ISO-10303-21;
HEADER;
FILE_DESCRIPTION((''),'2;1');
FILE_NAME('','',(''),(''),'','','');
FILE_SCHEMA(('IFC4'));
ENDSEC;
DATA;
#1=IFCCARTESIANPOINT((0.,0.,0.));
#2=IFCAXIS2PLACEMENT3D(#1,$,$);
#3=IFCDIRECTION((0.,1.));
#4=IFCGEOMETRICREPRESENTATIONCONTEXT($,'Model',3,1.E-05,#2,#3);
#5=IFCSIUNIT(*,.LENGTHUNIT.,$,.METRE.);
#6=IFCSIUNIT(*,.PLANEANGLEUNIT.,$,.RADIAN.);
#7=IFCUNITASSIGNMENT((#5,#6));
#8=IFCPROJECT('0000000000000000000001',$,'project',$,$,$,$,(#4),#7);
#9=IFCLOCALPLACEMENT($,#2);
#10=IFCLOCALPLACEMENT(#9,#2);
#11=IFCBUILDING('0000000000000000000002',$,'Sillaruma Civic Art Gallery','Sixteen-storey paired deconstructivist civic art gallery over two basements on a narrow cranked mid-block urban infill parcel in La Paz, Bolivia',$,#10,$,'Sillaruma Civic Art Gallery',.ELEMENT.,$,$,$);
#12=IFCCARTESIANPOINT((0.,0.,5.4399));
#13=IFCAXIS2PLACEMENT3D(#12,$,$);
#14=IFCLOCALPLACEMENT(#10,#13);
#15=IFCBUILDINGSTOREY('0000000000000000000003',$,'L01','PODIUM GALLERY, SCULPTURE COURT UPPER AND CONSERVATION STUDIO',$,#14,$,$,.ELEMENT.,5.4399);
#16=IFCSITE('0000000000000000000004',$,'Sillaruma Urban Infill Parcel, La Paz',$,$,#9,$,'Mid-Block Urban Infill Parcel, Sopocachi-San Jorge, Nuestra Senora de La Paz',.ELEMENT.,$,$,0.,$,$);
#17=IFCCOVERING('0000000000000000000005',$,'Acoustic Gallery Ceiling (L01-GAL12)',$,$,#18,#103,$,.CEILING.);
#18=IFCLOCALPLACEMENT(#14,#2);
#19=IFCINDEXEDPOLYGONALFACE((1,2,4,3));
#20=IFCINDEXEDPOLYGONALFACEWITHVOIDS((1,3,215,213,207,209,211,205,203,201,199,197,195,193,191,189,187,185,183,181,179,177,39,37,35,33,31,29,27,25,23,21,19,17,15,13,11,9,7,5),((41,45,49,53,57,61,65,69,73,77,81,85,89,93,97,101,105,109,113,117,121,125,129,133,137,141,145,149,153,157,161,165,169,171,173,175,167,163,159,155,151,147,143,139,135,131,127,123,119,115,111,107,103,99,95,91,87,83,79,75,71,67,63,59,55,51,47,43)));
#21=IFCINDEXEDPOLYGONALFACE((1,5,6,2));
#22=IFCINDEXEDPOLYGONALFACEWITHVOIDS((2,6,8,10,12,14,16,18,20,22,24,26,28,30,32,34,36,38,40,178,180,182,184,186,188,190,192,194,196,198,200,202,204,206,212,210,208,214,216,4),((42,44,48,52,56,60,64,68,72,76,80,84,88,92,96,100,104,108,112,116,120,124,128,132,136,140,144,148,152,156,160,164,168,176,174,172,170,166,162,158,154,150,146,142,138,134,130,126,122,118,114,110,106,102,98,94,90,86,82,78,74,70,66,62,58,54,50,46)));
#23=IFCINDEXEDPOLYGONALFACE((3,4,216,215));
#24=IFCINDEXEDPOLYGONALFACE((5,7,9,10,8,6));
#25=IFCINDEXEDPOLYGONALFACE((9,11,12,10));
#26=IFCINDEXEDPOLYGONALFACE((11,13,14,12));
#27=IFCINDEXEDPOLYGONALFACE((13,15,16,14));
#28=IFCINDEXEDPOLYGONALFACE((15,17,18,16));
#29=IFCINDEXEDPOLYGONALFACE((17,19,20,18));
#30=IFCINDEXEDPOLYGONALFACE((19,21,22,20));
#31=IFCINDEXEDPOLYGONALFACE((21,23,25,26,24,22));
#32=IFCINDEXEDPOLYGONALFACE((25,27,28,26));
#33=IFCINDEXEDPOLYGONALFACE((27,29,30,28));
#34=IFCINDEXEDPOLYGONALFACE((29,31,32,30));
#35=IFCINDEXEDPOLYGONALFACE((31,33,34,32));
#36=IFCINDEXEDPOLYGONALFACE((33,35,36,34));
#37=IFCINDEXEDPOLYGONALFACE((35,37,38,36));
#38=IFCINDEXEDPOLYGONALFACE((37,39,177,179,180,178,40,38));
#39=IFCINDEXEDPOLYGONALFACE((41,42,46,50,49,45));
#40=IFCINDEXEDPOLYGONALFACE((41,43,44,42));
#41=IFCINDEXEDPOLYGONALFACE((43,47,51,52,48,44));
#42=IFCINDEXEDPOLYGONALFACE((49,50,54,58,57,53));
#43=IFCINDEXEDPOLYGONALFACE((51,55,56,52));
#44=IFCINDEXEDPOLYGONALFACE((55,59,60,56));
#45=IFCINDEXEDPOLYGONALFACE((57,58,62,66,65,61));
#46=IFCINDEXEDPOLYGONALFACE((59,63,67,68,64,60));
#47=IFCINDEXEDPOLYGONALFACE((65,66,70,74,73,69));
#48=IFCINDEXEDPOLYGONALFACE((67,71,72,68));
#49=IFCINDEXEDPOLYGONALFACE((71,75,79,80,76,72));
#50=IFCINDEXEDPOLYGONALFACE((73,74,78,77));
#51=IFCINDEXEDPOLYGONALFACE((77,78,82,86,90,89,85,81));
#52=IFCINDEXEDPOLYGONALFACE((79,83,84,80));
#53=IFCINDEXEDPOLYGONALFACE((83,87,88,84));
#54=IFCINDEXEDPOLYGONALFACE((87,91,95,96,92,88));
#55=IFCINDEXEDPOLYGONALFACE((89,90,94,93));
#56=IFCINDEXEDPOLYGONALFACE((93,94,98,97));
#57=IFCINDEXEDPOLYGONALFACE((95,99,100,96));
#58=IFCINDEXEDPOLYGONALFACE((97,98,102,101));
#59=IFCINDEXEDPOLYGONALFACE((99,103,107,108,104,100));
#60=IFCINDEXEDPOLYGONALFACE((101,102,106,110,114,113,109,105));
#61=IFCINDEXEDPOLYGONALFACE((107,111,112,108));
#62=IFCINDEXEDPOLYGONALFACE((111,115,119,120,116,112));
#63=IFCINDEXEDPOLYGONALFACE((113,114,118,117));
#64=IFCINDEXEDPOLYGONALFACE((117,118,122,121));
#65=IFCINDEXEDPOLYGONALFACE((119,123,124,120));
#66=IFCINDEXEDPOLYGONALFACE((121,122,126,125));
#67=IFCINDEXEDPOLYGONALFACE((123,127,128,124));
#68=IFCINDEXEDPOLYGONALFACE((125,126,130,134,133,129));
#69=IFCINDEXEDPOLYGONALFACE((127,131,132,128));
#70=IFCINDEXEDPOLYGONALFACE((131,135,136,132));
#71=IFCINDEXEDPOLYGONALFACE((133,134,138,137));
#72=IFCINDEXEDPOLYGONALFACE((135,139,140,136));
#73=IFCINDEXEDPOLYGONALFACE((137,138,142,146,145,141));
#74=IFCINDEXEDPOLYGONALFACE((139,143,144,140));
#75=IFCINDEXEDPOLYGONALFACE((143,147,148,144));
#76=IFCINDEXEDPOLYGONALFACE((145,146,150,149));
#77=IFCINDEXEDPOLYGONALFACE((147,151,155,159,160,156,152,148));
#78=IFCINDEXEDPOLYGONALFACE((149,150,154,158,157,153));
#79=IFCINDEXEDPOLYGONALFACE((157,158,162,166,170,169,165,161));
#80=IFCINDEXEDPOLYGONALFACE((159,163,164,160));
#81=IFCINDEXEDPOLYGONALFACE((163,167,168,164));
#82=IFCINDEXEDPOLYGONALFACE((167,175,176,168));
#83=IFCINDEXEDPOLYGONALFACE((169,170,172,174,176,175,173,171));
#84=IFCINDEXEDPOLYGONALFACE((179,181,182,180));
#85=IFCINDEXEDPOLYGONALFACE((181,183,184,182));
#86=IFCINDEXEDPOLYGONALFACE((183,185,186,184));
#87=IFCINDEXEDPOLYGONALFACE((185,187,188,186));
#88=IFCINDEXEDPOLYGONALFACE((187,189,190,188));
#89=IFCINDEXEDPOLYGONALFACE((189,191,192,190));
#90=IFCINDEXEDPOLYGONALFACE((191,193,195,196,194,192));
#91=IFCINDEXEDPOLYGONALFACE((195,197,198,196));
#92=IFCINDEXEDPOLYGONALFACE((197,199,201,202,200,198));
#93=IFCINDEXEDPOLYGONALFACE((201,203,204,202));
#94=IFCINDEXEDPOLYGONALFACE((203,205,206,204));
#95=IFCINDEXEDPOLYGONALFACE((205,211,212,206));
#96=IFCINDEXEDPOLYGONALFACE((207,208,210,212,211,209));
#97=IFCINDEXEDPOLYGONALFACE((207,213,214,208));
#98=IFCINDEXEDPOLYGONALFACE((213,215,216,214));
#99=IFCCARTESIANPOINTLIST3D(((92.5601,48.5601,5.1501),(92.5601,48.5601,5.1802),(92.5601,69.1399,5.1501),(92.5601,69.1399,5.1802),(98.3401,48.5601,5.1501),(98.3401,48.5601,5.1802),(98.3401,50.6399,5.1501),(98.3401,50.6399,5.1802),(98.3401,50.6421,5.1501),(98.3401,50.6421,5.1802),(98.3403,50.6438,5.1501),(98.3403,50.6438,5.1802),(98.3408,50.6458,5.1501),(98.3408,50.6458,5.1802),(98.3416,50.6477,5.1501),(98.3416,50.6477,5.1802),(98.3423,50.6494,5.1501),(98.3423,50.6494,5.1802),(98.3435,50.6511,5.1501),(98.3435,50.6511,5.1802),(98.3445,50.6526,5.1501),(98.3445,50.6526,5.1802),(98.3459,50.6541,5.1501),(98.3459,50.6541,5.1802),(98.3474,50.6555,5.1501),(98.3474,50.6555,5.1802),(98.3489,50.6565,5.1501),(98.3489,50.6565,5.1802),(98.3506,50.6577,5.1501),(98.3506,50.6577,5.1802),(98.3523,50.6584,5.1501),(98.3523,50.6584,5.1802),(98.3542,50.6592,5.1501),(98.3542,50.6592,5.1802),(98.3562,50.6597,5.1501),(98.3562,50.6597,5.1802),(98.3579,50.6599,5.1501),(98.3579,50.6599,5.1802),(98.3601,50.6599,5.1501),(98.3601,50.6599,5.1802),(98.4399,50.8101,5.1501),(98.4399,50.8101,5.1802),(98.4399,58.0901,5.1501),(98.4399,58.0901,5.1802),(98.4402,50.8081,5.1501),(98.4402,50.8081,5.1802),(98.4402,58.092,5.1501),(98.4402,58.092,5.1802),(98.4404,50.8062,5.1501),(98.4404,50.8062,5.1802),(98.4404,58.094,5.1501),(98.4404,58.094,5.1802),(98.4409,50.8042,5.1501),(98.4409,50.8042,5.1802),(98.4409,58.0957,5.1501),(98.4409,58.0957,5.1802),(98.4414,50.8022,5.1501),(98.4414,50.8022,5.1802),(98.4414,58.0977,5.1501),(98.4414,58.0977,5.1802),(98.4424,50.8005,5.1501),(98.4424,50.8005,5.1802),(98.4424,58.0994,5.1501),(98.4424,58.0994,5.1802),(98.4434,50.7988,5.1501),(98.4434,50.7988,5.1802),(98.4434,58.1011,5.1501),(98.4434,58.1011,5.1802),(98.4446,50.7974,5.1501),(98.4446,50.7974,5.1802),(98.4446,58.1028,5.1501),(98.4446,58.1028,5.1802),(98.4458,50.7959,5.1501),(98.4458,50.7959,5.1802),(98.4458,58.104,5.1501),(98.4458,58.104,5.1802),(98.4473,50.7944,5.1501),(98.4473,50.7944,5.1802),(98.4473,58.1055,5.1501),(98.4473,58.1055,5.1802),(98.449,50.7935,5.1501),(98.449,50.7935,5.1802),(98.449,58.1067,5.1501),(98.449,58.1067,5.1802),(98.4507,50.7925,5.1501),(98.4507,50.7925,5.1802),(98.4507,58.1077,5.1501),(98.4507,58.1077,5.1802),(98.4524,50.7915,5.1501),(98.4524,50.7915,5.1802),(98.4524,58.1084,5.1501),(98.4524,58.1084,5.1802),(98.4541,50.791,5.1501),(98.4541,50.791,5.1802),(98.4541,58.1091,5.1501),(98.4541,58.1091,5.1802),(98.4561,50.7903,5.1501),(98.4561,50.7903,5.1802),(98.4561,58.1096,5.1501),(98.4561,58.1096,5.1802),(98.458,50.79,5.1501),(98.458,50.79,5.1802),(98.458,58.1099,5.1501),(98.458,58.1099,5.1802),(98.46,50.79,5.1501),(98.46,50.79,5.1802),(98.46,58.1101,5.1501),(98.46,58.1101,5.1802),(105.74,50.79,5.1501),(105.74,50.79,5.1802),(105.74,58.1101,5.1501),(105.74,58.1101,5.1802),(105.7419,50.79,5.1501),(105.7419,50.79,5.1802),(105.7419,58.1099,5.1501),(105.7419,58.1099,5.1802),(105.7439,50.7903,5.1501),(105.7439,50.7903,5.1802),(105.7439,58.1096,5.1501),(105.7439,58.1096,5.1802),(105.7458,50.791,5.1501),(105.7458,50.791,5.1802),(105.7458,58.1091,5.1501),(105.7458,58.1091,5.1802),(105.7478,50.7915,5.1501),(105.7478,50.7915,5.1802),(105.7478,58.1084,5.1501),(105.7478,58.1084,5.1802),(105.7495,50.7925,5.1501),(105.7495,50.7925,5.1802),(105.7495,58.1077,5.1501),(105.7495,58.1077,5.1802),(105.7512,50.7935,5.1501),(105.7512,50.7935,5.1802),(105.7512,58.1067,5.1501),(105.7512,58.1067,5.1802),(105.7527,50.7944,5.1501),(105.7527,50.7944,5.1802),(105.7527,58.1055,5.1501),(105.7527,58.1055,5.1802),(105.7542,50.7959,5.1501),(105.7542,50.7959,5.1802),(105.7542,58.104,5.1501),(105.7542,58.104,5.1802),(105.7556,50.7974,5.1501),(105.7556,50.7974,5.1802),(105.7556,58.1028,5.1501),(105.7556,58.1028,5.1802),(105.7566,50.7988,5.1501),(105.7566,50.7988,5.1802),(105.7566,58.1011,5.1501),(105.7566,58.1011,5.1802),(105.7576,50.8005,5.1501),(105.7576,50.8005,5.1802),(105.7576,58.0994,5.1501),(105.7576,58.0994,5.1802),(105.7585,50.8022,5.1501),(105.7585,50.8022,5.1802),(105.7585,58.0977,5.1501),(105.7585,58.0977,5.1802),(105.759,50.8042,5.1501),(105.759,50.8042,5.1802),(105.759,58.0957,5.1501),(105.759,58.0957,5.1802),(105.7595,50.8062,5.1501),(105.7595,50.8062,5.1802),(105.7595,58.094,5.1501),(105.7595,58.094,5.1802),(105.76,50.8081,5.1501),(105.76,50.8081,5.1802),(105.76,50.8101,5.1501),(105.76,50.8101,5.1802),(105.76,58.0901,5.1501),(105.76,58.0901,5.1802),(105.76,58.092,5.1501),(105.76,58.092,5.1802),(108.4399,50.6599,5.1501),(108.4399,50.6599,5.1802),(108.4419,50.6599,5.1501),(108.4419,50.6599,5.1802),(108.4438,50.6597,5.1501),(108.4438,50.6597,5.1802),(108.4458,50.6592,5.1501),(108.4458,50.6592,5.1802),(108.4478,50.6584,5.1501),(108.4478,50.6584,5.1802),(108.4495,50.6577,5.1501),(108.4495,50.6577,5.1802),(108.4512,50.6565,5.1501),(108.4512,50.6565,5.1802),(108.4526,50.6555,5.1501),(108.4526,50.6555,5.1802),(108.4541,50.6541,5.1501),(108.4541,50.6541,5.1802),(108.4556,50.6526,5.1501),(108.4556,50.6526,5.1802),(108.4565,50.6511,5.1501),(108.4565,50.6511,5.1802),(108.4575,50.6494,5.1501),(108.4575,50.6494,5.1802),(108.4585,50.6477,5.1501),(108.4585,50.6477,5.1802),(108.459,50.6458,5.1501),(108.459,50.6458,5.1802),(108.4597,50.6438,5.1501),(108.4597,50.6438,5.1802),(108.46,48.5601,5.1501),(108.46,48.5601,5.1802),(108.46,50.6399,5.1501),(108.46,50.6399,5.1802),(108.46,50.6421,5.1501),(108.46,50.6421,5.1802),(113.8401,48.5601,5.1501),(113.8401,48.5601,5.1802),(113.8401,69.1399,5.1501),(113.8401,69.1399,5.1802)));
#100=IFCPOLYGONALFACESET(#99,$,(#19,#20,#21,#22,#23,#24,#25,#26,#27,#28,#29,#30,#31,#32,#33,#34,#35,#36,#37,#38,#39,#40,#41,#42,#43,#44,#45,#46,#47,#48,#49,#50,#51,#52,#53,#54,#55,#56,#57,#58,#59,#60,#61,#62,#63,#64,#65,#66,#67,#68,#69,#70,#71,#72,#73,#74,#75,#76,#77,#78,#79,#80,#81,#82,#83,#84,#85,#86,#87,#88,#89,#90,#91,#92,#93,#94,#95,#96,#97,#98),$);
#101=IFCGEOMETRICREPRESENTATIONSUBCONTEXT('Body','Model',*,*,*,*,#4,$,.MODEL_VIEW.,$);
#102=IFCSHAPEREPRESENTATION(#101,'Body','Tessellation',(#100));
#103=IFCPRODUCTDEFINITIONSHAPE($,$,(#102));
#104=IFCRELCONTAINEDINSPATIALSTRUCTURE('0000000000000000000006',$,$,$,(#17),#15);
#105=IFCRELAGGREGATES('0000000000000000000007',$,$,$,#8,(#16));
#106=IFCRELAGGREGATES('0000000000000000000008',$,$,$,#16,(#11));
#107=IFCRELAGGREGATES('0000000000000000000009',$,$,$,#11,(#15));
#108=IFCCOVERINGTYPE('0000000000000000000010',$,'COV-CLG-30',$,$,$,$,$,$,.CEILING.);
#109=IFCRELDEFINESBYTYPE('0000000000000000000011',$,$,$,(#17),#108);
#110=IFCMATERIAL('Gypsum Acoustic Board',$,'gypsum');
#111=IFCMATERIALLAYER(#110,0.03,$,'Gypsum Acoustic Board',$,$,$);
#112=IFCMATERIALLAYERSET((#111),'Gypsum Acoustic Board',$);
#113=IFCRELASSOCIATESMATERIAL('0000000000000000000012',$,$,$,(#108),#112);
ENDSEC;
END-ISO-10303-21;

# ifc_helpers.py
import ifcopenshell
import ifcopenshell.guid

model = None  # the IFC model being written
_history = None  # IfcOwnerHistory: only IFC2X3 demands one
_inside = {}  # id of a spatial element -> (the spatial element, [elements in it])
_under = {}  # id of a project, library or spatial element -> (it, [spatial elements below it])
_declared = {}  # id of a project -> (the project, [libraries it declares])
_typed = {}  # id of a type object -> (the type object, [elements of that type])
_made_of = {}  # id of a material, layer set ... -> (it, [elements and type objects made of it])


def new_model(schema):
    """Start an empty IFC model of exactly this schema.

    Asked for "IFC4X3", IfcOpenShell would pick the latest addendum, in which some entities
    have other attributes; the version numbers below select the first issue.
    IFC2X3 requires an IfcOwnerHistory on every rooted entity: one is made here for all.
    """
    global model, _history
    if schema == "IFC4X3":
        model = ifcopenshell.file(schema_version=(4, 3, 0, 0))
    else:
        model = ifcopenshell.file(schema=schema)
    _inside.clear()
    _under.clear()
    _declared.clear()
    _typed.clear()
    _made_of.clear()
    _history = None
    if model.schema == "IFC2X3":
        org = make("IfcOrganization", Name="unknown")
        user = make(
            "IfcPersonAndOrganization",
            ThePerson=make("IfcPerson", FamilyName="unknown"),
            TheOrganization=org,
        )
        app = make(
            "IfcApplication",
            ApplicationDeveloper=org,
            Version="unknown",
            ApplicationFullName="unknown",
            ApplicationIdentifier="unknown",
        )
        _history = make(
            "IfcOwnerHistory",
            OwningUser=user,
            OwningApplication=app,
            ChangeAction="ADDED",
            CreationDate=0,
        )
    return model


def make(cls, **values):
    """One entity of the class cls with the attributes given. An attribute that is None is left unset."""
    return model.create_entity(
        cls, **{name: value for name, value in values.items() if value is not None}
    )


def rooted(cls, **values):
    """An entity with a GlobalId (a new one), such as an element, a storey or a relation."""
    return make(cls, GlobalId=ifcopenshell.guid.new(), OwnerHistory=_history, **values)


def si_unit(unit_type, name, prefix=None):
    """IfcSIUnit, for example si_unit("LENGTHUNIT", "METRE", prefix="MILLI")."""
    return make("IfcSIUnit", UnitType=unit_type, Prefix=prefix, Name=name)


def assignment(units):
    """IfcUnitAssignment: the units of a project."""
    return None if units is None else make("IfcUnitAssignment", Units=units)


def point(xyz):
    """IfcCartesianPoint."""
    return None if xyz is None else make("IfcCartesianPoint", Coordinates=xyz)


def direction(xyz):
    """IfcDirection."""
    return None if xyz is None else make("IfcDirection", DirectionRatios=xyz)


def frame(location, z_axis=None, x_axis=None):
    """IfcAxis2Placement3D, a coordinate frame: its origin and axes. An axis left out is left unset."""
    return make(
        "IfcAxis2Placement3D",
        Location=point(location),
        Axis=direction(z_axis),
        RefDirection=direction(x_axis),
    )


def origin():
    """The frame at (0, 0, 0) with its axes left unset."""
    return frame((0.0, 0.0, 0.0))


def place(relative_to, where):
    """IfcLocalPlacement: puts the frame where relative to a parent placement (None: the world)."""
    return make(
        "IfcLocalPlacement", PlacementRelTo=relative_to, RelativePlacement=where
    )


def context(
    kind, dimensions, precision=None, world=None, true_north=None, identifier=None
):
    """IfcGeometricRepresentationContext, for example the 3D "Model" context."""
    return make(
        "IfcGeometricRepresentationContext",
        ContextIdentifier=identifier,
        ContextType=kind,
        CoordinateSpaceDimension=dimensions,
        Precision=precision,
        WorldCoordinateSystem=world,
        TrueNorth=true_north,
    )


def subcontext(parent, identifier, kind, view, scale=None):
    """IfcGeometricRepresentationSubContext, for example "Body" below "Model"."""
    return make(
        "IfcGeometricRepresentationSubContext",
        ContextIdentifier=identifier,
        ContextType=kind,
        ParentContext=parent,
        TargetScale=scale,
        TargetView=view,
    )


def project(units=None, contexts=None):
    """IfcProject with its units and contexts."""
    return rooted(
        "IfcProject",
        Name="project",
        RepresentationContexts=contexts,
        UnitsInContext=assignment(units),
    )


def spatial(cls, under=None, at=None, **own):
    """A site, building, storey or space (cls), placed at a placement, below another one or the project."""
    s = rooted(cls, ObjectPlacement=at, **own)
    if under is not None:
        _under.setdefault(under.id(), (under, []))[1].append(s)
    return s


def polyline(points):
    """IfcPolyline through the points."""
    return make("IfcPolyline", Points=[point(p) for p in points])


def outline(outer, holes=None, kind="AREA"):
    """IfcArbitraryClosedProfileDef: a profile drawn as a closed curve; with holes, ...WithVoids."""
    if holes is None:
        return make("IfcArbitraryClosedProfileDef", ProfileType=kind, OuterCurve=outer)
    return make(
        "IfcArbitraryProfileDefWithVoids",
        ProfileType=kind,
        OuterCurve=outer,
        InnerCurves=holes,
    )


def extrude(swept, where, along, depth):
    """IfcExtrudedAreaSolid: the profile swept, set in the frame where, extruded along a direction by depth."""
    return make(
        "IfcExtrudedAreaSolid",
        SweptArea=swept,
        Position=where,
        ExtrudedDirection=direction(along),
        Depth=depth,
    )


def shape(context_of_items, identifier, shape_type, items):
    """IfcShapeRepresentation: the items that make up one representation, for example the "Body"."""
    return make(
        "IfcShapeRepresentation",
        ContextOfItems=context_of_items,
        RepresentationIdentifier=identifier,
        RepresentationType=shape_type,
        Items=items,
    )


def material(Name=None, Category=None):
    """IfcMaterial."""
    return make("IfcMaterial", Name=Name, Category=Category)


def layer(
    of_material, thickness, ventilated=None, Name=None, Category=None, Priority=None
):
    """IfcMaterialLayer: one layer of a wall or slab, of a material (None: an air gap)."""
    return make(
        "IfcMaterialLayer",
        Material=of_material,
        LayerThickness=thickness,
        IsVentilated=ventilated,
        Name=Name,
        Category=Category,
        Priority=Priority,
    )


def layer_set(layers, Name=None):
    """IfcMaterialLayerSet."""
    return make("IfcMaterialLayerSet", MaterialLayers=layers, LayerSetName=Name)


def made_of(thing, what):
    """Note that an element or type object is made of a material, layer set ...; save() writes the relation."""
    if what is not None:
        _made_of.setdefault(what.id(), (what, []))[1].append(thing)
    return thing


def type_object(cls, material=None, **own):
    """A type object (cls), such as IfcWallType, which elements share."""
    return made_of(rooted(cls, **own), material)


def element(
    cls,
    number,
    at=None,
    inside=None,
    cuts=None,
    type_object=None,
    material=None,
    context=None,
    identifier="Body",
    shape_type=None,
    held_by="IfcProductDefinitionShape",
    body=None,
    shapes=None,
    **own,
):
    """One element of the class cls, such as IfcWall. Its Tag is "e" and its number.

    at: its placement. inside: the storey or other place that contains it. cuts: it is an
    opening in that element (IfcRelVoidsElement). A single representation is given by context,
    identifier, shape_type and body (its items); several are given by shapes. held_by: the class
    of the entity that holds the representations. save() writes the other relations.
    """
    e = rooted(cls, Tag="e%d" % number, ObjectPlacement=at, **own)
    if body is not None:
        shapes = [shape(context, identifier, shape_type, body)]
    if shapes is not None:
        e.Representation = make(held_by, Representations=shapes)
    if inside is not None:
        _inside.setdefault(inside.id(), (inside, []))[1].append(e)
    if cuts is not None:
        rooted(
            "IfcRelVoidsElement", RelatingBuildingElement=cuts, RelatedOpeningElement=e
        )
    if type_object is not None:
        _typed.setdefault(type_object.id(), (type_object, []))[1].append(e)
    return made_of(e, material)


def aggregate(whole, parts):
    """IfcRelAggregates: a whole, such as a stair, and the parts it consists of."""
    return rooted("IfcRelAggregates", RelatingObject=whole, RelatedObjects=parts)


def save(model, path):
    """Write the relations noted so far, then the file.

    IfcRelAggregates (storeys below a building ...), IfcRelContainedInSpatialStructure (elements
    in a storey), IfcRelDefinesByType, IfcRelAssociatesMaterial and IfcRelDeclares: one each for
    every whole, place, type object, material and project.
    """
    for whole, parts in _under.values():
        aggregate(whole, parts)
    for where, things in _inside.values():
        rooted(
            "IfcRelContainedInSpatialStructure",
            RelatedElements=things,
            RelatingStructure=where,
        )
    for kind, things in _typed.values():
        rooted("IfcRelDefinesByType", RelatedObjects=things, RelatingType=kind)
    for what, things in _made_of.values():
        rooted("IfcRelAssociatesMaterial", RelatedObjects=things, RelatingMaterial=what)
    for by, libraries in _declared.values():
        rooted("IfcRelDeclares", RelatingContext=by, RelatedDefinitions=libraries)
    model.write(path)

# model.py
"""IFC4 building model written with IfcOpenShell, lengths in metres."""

from ifc_helpers import new_model, si_unit, direction, frame, origin, place, context, subcontext, project, spatial, polyline, outline, extrude, material, layer, layer_set, type_object, element, save


model = new_model("IFC4")

# Units and contexts
model_context = context("Model", 3, precision=1e-05, world=origin(), true_north=direction((0.0, 1.0)))
body_context = subcontext(model_context, "Body", "Model", "MODEL_VIEW")
ifc_project = project(units=[si_unit("LENGTHUNIT", "METRE"), si_unit("PLANEANGLEUNIT", "RADIAN")], contexts=[model_context])

# Site, building, storey
site_placement = place(None, origin())
site = spatial("IfcSite", under=ifc_project, at=site_placement, Name="Sillaruma Urban Infill Parcel, La Paz", LongName="Mid-Block Urban Infill Parcel, Sopocachi-San Jorge, Nuestra Senora de La Paz", CompositionType="ELEMENT", RefElevation=0.0)
building_placement = place(site_placement, origin())
building = spatial("IfcBuilding", under=site, at=building_placement, Name="Sillaruma Civic Art Gallery", Description="Sixteen-storey paired deconstructivist civic art gallery over two basements on a narrow cranked mid-block urban infill parcel in La Paz, Bolivia", LongName="Sillaruma Civic Art Gallery", CompositionType="ELEMENT")
storey_placement = place(building_placement, frame((0.0, 0.0, 5.4399)))
storey = spatial("IfcBuildingStorey", under=building, at=storey_placement, Name="L01", Description="PODIUM GALLERY, SCULPTURE COURT UPPER AND CONSERVATION STUDIO", CompositionType="ELEMENT", Elevation=5.4399)

# Covering
ifc_material_1 = material(Name="Gypsum Acoustic Board", Category="gypsum")
ifc_layer_1 = layer(ifc_material_1, 0.03, Name="Gypsum Acoustic Board")
ifc_layer_set_1 = layer_set([ifc_layer_1], Name="Gypsum Acoustic Board")
covering_type_1 = type_object("IfcCoveringType", Name="COV-CLG-30", PredefinedType="CEILING", material=ifc_layer_set_1)
covering_1_placement = place(storey_placement, frame((0.0, 0.0, 5.1501)))
element("IfcCovering", 1, at=covering_1_placement, inside=storey, type_object=covering_type_1, Name="Acoustic Gallery Ceiling (L01-GAL12)", PredefinedType="CEILING", context=body_context, shape_type="SweptSolid", body=[
    extrude(outline(polyline([(113.8401, 69.1399), (113.8401, 48.5601), (108.46, 48.5601), (108.46, 50.6399), (108.46, 50.6421), (108.4597, 50.6438), (108.459, 50.6458), (108.4585, 50.6477), (108.4575, 50.6494), (108.4565, 50.6511), (108.4556, 50.6526), (108.4541, 50.6541), (108.4526, 50.6555), (108.4512, 50.6565), (108.4495, 50.6577), (108.4478, 50.6584), (108.4458, 50.6592), (108.4438, 50.6597), (108.4419, 50.6599), (108.4399, 50.6599), (98.3601, 50.6599), (98.3579, 50.6599), (98.3562, 50.6597), (98.3542, 50.6592), (98.3523, 50.6584), (98.3506, 50.6577), (98.3489, 50.6565), (98.3474, 50.6555), (98.3459, 50.6541), (98.3445, 50.6526), (98.3435, 50.6511), (98.3423, 50.6494), (98.3416, 50.6477), (98.3408, 50.6458), (98.3403, 50.6438), (98.3401, 50.6421), (98.3401, 50.6399), (98.3401, 48.5601), (92.5601, 48.5601), (92.5601, 69.1399), (113.8401, 69.1399)]), holes=[polyline([(105.7439, 50.7903), (105.7458, 50.791), (105.7478, 50.7915), (105.7495, 50.7925), (105.7512, 50.7935), (105.7527, 50.7944), (105.7542, 50.7959), (105.7556, 50.7974), (105.7566, 50.7988), (105.7576, 50.8005), (105.7585, 50.8022), (105.759, 50.8042), (105.7595, 50.8062), (105.76, 50.8081), (105.76, 50.8101), (105.76, 58.0901), (105.76, 58.092), (105.7595, 58.094), (105.759, 58.0957), (105.7585, 58.0977), (105.7576, 58.0994), (105.7566, 58.1011), (105.7556, 58.1028), (105.7542, 58.104), (105.7527, 58.1055), (105.7512, 58.1067), (105.7495, 58.1077), (105.7478, 58.1084), (105.7458, 58.1091), (105.7439, 58.1096), (105.7419, 58.1099), (105.74, 58.1101), (98.46, 58.1101), (98.458, 58.1099), (98.4561, 58.1096), (98.4541, 58.1091), (98.4524, 58.1084), (98.4507, 58.1077), (98.449, 58.1067), (98.4473, 58.1055), (98.4458, 58.104), (98.4446, 58.1028), (98.4434, 58.1011), (98.4424, 58.0994), (98.4414, 58.0977), (98.4409, 58.0957), (98.4404, 58.094), (98.4402, 58.092), (98.4399, 58.0901), (98.4399, 50.8101), (98.4402, 50.8081), (98.4404, 50.8062), (98.4409, 50.8042), (98.4414, 50.8022), (98.4424, 50.8005), (98.4434, 50.7988), (98.4446, 50.7974), (98.4458, 50.7959), (98.4473, 50.7944), (98.449, 50.7935), (98.4507, 50.7925), (98.4524, 50.7915), (98.4541, 50.791), (98.4561, 50.7903), (98.458, 50.79), (98.46, 50.79), (105.74, 50.79), (105.7419, 50.79), (105.7439, 50.7903)])]), origin(), (0.0, 0.0, 1.0), 0.03),
])

save(model, "model.ifc")
